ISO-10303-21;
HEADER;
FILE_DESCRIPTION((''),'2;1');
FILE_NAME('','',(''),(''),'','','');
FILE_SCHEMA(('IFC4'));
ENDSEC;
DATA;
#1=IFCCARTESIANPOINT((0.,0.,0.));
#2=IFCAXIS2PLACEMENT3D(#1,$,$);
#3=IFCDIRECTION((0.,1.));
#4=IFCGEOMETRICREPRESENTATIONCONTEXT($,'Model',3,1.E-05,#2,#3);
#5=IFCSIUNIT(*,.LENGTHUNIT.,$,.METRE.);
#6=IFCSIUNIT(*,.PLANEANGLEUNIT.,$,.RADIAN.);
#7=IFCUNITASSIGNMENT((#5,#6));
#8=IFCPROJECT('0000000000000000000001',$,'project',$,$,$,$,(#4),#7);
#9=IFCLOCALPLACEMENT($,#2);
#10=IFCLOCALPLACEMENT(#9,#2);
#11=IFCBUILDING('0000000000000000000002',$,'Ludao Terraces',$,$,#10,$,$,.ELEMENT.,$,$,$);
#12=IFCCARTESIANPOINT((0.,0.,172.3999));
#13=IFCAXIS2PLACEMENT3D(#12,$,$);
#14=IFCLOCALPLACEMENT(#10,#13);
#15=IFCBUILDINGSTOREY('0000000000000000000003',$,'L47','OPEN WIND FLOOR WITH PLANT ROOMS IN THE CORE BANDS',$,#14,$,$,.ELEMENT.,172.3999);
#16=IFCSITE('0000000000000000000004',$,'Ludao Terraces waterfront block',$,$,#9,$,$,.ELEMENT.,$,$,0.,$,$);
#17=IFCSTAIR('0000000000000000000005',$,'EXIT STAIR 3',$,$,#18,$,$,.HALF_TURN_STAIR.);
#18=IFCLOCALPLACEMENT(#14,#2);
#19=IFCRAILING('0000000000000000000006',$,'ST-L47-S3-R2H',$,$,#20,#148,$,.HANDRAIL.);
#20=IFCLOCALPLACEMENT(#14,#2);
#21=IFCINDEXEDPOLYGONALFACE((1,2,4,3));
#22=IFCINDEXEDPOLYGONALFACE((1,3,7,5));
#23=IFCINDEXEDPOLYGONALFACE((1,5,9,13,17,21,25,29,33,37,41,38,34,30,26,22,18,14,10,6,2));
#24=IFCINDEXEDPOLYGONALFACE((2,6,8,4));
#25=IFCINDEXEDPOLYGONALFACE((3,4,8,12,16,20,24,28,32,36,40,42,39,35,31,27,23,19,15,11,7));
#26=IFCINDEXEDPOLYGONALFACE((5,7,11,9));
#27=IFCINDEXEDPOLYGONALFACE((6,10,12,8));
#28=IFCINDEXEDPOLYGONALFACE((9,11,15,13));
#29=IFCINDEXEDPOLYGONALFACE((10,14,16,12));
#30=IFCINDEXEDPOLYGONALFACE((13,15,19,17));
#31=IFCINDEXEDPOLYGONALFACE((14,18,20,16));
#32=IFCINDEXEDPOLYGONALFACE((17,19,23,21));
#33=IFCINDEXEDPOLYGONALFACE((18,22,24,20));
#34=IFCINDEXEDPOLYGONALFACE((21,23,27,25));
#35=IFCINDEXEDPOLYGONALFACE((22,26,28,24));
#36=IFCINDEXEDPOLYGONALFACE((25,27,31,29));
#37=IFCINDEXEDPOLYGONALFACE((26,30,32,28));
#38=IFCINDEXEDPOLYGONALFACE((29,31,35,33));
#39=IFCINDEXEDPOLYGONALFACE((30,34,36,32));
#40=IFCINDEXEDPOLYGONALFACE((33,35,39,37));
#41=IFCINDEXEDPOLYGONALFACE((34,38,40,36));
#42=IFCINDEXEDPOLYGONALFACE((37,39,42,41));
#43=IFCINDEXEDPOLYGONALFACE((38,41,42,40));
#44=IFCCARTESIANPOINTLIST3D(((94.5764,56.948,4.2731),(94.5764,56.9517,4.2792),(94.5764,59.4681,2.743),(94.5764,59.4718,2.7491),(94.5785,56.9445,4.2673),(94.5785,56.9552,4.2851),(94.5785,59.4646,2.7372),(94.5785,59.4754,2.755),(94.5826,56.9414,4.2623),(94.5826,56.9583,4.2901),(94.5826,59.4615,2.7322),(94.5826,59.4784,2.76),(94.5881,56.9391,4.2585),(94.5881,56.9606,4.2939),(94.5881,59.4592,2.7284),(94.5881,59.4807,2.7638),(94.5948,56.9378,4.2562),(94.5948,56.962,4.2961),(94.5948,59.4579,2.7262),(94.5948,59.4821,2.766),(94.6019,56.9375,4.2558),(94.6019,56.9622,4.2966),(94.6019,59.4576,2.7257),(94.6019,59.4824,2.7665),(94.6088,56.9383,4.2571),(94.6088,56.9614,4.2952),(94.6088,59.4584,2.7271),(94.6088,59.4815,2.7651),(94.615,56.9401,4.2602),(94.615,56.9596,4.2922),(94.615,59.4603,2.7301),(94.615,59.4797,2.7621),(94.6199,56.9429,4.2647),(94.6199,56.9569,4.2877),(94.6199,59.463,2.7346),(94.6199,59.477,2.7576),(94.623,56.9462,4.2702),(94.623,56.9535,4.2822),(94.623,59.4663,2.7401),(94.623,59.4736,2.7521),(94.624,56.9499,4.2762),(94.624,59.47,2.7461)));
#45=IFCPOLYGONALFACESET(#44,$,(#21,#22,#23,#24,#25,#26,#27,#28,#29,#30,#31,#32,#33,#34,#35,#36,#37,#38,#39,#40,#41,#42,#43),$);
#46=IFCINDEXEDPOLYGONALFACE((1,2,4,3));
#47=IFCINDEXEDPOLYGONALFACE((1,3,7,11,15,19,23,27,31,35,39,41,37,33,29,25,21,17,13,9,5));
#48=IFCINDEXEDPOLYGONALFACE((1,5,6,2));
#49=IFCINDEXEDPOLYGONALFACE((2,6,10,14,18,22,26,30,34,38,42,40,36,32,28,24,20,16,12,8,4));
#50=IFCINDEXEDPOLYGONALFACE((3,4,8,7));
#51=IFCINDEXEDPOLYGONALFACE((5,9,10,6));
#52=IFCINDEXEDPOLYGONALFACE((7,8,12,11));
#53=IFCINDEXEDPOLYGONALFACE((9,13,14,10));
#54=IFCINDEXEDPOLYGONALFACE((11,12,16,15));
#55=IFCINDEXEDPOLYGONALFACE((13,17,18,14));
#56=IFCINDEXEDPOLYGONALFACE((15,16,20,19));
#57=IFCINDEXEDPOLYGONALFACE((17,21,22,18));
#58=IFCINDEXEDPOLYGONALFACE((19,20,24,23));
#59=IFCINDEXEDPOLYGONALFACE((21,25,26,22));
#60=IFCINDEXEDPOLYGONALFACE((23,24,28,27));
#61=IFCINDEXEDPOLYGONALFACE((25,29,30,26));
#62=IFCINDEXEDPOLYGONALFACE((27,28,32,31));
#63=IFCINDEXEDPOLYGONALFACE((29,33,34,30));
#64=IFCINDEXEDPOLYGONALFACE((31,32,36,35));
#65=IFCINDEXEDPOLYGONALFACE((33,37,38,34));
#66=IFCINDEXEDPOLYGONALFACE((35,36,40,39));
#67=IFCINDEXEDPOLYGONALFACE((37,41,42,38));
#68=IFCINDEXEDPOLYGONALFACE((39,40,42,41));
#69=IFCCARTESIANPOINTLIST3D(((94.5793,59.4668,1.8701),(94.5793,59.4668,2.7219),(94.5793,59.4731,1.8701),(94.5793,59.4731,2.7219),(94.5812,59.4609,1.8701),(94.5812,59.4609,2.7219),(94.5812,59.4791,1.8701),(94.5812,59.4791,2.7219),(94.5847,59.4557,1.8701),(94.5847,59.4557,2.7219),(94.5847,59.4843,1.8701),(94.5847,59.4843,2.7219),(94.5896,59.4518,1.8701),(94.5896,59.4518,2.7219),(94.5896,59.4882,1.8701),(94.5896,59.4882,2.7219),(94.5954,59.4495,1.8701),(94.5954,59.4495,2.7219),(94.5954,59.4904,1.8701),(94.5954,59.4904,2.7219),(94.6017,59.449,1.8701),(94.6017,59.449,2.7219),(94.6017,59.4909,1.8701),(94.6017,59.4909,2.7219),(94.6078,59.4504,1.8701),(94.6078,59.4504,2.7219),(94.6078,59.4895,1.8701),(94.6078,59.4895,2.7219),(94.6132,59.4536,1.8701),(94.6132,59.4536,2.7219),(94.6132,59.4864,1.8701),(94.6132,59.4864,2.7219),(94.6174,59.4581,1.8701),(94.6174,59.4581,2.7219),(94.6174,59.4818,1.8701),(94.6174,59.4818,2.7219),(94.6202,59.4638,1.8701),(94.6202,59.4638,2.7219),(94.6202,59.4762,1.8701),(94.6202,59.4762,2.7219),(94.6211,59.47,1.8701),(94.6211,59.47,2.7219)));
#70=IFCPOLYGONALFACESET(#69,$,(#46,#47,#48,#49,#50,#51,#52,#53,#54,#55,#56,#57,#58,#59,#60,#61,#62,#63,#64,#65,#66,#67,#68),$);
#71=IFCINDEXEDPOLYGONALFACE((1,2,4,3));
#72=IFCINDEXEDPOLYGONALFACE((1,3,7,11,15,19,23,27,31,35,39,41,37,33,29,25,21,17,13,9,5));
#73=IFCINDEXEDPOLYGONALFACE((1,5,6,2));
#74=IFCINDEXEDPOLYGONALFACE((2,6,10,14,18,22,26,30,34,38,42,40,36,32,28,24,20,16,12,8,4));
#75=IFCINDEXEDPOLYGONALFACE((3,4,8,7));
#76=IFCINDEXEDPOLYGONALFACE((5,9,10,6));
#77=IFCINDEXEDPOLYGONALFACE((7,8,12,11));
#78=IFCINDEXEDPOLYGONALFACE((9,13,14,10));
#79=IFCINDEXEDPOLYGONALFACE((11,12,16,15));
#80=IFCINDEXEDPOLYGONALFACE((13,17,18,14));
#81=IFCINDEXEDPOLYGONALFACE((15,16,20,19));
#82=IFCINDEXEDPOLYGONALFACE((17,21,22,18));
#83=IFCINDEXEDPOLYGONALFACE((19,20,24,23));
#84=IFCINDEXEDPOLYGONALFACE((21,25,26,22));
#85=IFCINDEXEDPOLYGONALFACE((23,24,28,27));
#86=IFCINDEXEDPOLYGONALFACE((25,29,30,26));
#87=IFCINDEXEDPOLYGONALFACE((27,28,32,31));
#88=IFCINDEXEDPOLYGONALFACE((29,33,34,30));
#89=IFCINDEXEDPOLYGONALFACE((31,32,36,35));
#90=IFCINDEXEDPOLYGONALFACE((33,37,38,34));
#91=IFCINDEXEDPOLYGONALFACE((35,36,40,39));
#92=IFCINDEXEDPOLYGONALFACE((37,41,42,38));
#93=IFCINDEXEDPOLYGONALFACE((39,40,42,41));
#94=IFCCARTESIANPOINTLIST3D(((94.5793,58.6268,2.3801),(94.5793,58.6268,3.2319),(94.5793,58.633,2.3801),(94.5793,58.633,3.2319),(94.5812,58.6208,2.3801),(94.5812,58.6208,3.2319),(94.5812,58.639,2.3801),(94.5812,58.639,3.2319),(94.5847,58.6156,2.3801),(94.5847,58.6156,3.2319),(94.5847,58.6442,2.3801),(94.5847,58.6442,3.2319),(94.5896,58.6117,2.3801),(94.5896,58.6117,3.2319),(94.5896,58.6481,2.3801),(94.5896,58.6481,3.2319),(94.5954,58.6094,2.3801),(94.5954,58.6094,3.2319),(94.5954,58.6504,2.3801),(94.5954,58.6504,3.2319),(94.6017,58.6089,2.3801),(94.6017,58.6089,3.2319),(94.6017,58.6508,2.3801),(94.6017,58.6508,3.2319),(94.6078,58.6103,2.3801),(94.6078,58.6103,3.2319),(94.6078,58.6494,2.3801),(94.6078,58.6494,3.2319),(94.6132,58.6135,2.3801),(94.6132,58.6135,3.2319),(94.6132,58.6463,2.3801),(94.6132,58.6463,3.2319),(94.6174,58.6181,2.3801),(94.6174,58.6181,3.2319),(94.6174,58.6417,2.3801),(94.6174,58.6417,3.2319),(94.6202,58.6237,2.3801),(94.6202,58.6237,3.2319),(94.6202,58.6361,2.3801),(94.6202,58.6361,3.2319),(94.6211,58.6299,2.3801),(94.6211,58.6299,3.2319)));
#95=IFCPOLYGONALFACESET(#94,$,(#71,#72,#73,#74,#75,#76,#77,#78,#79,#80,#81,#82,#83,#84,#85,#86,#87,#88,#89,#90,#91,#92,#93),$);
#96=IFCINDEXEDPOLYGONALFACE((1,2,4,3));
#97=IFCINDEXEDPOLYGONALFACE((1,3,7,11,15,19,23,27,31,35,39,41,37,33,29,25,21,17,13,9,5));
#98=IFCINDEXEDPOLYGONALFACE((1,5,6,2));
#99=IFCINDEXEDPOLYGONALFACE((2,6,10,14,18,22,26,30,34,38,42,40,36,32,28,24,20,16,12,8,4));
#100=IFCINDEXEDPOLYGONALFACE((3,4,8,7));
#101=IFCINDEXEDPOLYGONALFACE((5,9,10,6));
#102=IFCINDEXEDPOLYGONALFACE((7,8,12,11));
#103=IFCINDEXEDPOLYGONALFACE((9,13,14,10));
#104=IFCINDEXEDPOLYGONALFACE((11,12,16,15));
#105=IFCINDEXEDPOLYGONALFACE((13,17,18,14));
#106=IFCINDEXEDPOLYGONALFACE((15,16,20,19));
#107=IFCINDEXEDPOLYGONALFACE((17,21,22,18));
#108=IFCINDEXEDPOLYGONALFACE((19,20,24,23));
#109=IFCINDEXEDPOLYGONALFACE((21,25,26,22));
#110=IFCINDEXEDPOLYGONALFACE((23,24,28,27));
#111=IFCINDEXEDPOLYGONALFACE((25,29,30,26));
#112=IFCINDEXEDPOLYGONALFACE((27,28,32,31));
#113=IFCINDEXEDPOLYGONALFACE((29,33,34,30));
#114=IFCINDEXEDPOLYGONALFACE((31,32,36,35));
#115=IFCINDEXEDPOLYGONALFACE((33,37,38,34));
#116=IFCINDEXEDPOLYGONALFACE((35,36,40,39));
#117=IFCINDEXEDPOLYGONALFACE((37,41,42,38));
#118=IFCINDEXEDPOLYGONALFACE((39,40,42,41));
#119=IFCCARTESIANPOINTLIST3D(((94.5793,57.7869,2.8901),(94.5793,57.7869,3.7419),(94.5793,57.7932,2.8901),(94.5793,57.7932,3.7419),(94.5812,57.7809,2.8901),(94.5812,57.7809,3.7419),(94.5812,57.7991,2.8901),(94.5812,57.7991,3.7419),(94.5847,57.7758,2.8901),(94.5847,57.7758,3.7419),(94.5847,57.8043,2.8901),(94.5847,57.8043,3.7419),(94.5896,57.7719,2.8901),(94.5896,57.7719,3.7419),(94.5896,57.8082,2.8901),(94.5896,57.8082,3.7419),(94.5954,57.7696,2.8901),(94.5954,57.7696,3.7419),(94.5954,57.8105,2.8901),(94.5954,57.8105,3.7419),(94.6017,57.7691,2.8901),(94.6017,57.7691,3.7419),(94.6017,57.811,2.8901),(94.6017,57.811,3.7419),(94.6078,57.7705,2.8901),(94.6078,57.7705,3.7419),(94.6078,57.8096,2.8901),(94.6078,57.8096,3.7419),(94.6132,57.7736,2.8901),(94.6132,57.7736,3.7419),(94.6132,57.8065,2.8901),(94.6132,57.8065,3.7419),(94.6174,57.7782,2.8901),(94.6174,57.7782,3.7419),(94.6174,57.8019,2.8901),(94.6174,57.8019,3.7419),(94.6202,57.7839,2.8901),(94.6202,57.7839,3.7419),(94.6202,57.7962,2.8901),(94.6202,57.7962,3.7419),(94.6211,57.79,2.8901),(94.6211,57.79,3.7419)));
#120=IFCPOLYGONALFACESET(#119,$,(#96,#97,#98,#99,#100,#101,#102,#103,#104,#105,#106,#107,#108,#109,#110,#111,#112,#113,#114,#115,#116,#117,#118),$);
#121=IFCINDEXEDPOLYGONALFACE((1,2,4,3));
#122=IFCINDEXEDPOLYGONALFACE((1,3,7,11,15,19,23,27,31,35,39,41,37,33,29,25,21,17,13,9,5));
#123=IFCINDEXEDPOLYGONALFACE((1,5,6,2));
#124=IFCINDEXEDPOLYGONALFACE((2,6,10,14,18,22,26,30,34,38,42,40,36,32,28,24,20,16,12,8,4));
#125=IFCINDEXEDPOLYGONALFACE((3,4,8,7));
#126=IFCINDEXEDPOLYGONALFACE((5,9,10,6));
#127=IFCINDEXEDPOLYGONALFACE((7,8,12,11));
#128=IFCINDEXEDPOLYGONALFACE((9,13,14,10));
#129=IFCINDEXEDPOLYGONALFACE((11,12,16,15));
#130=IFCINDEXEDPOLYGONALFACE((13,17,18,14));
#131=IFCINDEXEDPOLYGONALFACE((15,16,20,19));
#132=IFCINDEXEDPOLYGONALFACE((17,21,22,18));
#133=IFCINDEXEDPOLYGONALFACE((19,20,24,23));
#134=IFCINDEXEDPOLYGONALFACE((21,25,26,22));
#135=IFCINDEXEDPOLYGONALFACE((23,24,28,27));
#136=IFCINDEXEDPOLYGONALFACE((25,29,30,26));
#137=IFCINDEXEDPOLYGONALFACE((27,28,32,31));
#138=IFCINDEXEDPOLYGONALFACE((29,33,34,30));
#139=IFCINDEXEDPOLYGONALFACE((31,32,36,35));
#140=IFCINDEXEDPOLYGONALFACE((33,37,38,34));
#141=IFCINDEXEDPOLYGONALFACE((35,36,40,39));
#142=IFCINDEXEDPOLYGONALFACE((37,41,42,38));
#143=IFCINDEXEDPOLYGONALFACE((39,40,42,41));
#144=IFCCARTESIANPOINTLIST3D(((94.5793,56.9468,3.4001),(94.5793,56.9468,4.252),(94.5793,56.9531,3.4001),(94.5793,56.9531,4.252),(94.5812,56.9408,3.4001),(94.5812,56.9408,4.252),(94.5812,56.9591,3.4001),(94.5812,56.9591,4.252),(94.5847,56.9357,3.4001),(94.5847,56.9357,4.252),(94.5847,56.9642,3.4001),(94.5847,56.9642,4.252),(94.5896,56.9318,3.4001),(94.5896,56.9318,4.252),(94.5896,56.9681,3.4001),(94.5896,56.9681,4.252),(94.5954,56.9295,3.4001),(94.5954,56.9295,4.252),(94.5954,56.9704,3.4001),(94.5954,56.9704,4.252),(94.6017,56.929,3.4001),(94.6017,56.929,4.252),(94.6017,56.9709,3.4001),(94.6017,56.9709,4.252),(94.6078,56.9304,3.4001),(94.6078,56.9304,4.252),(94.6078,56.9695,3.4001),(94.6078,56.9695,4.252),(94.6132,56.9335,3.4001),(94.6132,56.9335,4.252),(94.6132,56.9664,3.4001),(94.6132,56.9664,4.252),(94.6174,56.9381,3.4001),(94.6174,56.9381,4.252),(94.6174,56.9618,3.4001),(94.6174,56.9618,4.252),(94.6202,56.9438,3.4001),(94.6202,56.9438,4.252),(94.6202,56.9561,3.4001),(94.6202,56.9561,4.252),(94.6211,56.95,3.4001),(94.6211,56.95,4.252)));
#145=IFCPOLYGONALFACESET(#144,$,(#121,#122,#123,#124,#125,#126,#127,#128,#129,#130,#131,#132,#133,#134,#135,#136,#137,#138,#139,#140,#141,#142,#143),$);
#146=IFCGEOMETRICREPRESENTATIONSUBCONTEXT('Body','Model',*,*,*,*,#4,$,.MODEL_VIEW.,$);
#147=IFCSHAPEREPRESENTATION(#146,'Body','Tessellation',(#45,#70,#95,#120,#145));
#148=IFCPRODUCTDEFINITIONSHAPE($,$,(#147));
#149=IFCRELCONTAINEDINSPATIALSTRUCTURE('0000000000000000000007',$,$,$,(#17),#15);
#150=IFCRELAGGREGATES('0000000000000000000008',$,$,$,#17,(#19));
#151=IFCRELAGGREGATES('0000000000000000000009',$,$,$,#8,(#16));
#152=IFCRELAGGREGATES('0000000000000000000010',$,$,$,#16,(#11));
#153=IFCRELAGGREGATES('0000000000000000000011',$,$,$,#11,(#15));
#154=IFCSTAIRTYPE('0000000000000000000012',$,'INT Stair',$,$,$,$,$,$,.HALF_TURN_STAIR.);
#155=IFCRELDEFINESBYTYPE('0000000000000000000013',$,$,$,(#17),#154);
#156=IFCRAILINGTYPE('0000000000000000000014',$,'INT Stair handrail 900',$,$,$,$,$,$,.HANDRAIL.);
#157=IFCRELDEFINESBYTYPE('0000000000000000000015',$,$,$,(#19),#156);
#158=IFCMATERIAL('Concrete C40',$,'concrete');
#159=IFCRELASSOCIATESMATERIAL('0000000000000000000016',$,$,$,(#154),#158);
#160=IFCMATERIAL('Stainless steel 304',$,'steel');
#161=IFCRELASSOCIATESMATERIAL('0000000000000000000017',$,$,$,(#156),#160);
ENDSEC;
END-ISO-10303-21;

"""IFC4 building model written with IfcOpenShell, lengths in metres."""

from ifc_helpers import new_model, si_unit, direction, frame, origin, origin_2d, place, context, subcontext, project, spatial, circle, extrude, material, type_object, element, aggregate, save


model = new_model("IFC4")

# Units and contexts
model_context = context("Model", 3, precision=1e-05, world=origin(), true_north=direction((0.0, 1.0)))
body_context = subcontext(model_context, "Body", "Model", "MODEL_VIEW")
ifc_project = project(units=[si_unit("LENGTHUNIT", "METRE"), si_unit("PLANEANGLEUNIT", "RADIAN")], contexts=[model_context])

# Site, building, storey
site_placement = place(None, origin())
site = spatial("IfcSite", under=ifc_project, at=site_placement, Name="Ludao Terraces waterfront block", CompositionType="ELEMENT", RefElevation=0.0)
building_placement = place(site_placement, origin())
building = spatial("IfcBuilding", under=site, at=building_placement, Name="Ludao Terraces", CompositionType="ELEMENT")
storey_placement = place(building_placement, frame((0.0, 0.0, 172.3999)))
storey = spatial("IfcBuildingStorey", under=building, at=storey_placement, Name="L47", Description="OPEN WIND FLOOR WITH PLANT ROOMS IN THE CORE BANDS", CompositionType="ELEMENT", Elevation=172.3999)

# Stair, railing
ifc_material_1 = material(Name="Concrete C40", Category="concrete")
stair_type = type_object("IfcStairType", Name="INT Stair", PredefinedType="HALF_TURN_STAIR", material=ifc_material_1)
stair_placement = place(storey_placement, origin())
stair = element("IfcStair", 1, at=stair_placement, inside=storey, type_object=stair_type, Name="EXIT STAIR 3", PredefinedType="HALF_TURN_STAIR")
ifc_material_2 = material(Name="Stainless steel 304", Category="steel")
railing_type_1 = type_object("IfcRailingType", Name="INT Stair handrail 900", PredefinedType="HANDRAIL", material=ifc_material_2)
railing_1_placement = place(storey_placement, frame((94.6001, 59.47, 1.8701)))
railing_1 = element("IfcRailing", 2, at=railing_1_placement, type_object=railing_type_1, Name="ST-L47-S3-R2H", PredefinedType="HANDRAIL", context=body_context, shape_type="SweptSolid", body=[
    extrude(circle(Radius=0.0239, at=origin_2d()), frame((0.0, 0.0, 0.876), z_axis=(0.0, -0.854785, 0.518982), x_axis=(1.0, 0.0, 0.0)), (0.0, 0.0, 1.0), 2.9482),
    extrude(circle(Radius=0.021, at=origin_2d()), origin(), (0.0, 0.0, 1.0), 0.8518),
    extrude(circle(Radius=0.021, at=origin_2d()), frame((0.0, -0.8401, 0.51)), (0.0, 0.0, 1.0), 0.8518),
    extrude(circle(Radius=0.021, at=origin_2d()), frame((0.0, -1.6799, 1.02)), (0.0, 0.0, 1.0), 0.8518),
    extrude(circle(Radius=0.021, at=origin_2d()), frame((0.0, -2.52, 1.53)), (0.0, 0.0, 1.0), 0.8518),
])
aggregate(stair, [railing_1])

save(model, "model.ifc")
